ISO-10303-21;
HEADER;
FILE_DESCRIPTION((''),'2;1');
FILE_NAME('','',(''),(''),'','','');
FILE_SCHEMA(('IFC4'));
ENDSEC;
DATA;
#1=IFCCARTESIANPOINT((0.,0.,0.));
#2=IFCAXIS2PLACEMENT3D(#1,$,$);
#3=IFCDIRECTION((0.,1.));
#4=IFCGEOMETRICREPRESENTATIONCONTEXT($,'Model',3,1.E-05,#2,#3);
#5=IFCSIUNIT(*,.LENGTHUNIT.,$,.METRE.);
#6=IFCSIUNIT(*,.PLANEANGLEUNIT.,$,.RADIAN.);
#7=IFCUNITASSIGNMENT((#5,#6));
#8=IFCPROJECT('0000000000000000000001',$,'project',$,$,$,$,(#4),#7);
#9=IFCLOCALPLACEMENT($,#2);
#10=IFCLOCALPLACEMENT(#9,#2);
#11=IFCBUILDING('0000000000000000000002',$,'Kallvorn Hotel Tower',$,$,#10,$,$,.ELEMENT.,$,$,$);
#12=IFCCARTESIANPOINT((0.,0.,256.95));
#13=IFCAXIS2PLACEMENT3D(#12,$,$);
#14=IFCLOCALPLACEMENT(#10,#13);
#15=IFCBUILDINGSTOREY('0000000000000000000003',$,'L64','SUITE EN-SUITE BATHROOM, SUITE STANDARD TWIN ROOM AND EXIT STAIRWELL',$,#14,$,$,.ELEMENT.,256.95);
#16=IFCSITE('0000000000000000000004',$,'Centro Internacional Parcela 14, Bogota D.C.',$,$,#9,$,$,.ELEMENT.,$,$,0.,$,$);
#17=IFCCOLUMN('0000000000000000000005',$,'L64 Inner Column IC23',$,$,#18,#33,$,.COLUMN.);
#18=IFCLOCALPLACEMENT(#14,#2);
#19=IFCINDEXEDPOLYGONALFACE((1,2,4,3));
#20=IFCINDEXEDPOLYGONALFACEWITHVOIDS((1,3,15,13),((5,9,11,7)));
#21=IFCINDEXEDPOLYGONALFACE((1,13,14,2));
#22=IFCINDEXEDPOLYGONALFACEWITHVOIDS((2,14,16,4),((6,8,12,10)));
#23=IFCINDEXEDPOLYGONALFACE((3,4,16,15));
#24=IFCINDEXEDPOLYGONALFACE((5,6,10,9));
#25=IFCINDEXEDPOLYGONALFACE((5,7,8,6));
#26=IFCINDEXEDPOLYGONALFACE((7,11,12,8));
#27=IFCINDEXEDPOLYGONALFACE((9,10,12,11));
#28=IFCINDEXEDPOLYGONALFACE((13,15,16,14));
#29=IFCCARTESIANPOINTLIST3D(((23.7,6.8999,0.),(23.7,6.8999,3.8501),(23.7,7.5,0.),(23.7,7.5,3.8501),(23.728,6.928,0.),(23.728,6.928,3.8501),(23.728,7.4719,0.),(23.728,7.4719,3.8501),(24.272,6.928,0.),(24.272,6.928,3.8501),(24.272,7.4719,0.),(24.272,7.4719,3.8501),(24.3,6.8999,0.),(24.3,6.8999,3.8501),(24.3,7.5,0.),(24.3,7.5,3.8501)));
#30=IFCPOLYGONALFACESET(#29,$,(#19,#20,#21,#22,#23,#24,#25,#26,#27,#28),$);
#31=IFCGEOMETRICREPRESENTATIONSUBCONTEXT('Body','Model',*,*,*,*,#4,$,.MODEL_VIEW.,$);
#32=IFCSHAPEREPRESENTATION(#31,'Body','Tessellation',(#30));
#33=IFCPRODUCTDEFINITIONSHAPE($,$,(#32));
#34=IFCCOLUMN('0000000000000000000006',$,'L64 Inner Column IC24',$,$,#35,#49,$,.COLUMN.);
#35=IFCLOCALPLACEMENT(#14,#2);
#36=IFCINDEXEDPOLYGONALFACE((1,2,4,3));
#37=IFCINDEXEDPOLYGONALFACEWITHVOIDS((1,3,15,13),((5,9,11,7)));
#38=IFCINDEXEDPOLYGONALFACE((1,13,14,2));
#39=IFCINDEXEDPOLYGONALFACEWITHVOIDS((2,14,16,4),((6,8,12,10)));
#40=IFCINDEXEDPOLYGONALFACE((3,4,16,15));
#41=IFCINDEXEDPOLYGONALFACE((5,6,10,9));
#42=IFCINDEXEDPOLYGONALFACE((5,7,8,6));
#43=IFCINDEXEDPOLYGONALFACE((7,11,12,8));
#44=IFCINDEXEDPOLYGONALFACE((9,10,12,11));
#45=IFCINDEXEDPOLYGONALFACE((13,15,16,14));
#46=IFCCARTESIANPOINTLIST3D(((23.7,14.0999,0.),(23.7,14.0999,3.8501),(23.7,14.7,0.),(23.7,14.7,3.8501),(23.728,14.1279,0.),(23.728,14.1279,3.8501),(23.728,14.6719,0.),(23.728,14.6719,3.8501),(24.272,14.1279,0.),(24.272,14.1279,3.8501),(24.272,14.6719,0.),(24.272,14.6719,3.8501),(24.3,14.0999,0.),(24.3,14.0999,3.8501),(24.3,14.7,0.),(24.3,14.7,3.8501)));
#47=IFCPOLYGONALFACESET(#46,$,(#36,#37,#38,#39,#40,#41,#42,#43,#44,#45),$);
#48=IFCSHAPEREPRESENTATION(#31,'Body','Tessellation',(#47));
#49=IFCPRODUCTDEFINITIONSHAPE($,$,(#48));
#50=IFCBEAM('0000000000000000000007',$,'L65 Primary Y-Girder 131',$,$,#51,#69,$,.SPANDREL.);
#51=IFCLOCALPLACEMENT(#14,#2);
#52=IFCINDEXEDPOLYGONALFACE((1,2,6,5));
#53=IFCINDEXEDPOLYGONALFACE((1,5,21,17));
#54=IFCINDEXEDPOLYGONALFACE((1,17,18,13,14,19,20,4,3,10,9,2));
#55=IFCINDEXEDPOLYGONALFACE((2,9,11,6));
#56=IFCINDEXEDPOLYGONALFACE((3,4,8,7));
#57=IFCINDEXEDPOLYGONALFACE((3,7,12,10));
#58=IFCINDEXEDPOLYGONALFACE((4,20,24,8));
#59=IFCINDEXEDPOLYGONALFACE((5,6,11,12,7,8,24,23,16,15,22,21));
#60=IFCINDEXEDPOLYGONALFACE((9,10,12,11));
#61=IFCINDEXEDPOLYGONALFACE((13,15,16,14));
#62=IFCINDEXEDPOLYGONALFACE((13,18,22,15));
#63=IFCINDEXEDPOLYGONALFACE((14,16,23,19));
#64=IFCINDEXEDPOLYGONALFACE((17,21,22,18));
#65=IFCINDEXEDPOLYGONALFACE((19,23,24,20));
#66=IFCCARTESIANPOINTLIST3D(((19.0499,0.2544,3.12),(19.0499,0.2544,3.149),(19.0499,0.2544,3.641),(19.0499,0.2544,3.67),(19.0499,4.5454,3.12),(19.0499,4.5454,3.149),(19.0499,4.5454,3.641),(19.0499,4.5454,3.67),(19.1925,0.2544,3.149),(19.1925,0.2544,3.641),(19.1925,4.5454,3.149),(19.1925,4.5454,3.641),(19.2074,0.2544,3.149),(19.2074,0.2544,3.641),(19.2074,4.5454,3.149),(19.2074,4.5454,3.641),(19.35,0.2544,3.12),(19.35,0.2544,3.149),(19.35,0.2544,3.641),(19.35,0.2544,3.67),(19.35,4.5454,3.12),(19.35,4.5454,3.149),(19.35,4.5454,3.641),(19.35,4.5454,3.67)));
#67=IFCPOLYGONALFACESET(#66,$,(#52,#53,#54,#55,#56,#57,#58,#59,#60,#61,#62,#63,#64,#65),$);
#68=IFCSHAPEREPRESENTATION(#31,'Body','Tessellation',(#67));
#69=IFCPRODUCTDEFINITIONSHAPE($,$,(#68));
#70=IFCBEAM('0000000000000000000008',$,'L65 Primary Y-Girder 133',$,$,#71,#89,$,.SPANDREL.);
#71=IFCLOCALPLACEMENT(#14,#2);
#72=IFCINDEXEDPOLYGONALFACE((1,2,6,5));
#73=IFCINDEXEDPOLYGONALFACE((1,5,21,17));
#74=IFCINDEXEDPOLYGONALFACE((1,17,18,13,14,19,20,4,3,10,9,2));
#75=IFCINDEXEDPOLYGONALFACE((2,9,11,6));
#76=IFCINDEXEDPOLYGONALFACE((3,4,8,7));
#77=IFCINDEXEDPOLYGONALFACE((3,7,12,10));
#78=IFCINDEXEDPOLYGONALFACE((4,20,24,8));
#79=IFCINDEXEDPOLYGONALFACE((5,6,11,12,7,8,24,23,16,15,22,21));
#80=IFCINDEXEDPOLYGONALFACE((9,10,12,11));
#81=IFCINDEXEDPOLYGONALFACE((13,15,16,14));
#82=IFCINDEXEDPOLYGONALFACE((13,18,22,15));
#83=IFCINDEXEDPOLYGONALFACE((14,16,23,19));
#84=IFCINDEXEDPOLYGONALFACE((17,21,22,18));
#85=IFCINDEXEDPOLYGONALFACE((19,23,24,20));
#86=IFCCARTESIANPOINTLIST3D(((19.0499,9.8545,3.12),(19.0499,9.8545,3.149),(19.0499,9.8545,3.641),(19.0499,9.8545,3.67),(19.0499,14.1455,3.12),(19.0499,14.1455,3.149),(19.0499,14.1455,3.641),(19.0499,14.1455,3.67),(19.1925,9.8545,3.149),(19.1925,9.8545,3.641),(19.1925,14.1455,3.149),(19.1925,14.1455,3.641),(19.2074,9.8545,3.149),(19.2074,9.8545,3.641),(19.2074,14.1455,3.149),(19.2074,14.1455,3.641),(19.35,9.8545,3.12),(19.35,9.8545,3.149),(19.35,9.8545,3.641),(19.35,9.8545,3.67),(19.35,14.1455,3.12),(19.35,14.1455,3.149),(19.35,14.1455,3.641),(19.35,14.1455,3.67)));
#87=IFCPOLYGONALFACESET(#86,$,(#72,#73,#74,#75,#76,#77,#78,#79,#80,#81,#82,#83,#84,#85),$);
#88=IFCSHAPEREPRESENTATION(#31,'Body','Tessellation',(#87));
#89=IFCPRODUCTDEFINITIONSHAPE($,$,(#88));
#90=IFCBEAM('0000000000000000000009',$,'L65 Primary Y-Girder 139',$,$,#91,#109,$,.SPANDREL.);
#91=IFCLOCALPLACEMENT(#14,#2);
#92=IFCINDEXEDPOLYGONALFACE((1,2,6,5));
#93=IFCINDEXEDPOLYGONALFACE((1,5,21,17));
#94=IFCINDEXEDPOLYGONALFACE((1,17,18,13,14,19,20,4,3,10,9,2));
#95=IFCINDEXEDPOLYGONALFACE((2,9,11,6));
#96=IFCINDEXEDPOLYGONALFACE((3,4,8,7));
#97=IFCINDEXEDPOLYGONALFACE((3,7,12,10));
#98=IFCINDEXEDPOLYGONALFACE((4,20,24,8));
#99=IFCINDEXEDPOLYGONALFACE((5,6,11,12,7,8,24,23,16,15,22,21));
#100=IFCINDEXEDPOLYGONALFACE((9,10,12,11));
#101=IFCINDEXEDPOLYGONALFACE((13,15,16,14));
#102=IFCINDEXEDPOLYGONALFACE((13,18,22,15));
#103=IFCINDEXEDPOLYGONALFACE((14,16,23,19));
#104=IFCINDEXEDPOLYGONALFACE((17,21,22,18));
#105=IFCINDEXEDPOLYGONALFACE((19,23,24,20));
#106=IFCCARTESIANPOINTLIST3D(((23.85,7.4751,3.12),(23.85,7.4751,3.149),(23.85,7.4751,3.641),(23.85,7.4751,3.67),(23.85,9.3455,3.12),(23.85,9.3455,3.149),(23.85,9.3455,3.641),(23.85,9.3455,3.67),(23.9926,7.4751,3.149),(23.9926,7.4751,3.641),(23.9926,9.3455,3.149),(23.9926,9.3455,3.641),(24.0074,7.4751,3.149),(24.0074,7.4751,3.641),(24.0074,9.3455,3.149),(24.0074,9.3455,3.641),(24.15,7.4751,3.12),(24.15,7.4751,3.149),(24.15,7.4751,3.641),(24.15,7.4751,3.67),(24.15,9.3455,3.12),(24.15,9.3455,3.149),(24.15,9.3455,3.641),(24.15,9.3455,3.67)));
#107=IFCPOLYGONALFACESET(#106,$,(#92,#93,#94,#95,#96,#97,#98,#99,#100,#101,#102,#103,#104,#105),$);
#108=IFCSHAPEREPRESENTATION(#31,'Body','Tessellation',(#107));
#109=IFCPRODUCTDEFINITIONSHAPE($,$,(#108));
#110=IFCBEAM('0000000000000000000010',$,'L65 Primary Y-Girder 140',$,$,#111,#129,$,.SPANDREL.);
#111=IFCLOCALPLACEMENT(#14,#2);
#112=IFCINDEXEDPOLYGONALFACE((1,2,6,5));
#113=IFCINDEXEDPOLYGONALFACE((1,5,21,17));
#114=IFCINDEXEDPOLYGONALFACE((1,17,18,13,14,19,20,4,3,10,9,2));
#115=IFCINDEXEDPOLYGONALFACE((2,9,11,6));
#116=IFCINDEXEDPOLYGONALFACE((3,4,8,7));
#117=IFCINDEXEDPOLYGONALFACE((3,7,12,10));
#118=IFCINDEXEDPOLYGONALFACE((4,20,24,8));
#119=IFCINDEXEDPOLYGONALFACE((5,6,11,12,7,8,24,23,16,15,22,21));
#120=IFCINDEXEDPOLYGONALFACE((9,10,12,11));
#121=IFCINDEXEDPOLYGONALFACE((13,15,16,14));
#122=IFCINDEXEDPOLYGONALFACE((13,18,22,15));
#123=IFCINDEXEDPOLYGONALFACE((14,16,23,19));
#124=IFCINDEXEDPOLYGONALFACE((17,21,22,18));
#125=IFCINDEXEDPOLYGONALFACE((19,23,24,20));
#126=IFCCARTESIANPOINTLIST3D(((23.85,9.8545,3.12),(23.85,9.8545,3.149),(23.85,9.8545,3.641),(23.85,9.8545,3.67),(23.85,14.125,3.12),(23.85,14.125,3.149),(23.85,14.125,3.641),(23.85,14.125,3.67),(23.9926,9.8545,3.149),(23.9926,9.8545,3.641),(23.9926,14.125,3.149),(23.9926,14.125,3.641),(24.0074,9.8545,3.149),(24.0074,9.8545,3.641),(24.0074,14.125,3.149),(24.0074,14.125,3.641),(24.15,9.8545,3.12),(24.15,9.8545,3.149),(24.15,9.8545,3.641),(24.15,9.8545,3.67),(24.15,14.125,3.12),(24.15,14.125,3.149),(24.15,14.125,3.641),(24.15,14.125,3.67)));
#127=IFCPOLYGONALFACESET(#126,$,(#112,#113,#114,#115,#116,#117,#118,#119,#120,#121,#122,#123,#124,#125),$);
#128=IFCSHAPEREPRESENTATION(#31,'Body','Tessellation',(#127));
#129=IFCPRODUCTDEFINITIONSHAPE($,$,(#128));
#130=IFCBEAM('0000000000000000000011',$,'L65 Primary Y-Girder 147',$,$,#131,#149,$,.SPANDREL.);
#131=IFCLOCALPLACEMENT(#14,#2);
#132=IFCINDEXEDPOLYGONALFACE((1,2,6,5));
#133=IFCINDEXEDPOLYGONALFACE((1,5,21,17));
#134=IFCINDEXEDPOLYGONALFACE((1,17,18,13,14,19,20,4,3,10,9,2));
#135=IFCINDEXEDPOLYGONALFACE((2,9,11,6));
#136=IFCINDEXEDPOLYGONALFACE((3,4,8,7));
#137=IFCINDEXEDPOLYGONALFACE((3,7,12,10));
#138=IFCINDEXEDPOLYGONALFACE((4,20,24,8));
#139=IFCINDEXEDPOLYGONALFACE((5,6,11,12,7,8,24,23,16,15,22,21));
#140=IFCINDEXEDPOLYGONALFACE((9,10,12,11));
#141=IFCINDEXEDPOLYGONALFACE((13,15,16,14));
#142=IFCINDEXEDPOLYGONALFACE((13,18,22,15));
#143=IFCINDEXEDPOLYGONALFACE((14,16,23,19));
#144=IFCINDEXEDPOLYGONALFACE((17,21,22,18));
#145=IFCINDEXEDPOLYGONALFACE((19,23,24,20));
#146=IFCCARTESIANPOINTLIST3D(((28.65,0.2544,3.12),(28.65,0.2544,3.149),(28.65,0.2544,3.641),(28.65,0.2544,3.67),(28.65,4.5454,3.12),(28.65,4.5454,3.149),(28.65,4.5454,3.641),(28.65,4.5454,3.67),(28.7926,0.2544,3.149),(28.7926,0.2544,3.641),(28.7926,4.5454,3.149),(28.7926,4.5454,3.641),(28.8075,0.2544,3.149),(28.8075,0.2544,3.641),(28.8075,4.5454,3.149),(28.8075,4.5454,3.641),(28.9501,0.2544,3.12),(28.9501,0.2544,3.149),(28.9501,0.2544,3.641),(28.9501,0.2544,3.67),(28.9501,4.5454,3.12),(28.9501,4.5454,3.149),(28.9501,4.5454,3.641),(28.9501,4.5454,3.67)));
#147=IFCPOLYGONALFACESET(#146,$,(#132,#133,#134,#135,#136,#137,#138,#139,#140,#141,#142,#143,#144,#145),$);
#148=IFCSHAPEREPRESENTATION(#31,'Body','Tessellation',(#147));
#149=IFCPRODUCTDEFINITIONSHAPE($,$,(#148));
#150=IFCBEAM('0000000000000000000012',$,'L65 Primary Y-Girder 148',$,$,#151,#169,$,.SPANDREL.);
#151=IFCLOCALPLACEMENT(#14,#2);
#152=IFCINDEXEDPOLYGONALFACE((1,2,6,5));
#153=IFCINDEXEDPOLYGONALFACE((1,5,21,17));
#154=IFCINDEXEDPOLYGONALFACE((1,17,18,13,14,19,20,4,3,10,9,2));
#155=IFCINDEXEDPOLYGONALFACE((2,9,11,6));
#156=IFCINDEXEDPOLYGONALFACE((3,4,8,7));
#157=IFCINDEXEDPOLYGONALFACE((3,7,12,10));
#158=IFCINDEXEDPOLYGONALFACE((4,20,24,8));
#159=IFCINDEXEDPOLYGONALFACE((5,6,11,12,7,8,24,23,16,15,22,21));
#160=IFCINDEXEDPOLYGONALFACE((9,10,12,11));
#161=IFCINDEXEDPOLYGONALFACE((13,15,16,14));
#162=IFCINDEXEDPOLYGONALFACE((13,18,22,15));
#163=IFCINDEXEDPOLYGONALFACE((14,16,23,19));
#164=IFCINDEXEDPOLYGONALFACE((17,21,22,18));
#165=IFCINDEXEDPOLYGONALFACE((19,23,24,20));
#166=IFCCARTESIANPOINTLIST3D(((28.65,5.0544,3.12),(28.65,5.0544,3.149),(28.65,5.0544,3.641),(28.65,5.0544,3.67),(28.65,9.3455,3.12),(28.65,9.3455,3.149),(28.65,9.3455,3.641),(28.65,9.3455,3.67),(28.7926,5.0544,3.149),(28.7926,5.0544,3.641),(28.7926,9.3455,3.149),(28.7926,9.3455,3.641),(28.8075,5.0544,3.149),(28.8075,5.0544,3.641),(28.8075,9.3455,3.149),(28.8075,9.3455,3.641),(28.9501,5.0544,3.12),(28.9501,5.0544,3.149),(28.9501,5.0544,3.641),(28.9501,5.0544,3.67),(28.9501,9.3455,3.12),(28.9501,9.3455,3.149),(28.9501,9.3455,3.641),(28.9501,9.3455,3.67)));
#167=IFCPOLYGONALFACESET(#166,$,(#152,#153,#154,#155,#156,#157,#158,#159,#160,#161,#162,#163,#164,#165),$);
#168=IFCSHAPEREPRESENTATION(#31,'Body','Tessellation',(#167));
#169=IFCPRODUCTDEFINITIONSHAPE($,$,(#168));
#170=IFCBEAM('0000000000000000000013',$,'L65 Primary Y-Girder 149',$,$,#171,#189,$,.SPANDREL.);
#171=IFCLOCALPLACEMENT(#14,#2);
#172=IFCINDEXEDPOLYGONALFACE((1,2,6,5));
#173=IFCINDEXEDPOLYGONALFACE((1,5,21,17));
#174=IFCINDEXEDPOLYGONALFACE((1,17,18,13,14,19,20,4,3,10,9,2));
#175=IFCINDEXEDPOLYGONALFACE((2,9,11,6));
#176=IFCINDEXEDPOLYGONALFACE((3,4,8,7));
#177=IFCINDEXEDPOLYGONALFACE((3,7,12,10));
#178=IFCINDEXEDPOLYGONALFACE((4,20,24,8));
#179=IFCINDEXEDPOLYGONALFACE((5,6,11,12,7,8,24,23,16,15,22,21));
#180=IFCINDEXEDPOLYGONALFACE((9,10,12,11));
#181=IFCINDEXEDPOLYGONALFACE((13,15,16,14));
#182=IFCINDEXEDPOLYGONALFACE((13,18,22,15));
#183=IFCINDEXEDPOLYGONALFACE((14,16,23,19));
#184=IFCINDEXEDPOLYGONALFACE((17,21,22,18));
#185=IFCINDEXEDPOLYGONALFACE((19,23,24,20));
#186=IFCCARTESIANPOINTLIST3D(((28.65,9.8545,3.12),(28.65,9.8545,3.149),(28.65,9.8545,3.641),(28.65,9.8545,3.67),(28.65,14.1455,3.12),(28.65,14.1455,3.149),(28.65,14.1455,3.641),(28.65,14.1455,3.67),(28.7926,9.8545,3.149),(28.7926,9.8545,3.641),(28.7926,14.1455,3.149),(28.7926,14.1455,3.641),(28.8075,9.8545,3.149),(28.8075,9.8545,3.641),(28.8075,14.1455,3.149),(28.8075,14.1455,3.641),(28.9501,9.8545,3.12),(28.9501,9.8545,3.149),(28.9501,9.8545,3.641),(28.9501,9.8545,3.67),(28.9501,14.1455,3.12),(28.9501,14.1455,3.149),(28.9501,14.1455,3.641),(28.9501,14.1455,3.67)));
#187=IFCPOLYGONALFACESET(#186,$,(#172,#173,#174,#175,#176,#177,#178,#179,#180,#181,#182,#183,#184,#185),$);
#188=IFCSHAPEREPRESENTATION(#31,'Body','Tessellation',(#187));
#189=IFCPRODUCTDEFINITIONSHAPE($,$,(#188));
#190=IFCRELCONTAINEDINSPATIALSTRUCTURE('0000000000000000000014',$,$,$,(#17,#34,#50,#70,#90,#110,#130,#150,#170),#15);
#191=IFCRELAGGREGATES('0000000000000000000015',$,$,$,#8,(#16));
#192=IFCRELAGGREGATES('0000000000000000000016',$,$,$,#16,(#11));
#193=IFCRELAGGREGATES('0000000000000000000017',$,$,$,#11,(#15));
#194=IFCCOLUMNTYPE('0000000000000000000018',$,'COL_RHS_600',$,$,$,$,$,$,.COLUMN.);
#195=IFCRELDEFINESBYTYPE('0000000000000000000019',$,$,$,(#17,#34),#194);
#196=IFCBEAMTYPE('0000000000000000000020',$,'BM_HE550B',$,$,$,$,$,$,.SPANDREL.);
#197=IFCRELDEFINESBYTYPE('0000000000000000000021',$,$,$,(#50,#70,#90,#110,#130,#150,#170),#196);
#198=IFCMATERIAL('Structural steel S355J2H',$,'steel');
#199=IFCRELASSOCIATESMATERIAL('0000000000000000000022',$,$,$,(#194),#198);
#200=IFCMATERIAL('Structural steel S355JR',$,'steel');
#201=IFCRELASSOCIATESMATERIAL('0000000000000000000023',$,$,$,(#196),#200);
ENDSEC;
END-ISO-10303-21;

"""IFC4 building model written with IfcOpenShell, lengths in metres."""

from ifc_helpers import new_model, si_unit, direction, frame, origin, origin_2d, place, context, subcontext, project, spatial, hollow_rectangle, i_section, extrude, material, material_profile, profile_set, type_object, element, save


model = new_model("IFC4")

# Units and contexts
model_context = context("Model", 3, precision=1e-05, world=origin(), true_north=direction((0.0, 1.0)))
body_context = subcontext(model_context, "Body", "Model", "MODEL_VIEW")
ifc_project = project(units=[si_unit("LENGTHUNIT", "METRE"), si_unit("PLANEANGLEUNIT", "RADIAN")], contexts=[model_context])

# Site, building, storey
site_placement = place(None, origin())
site = spatial("IfcSite", under=ifc_project, at=site_placement, Name="Centro Internacional Parcela 14, Bogota D.C.", CompositionType="ELEMENT", RefElevation=0.0)
building_placement = place(site_placement, origin())
building = spatial("IfcBuilding", under=site, at=building_placement, Name="Kallvorn Hotel Tower", CompositionType="ELEMENT")
storey_placement = place(building_placement, frame((0.0, 0.0, 256.95)))
storey = spatial("IfcBuildingStorey", under=building, at=storey_placement, Name="L64", Description="SUITE EN-SUITE BATHROOM, SUITE STANDARD TWIN ROOM AND EXIT STAIRWELL", CompositionType="ELEMENT", Elevation=256.95)

# Columns
ifc_material_1 = material(Name="Structural steel S355J2H", Category="steel")
ifc_material_profile_1 = material_profile(ifc_material_1, hollow_rectangle(XDim=0.6001, YDim=0.6001, WallThickness=0.0281, at=origin_2d()), Name="RHS 600x600x28")
ifc_profile_set_1 = profile_set([ifc_material_profile_1], Name="Structural steel S355J2H")
column_type_1 = type_object("IfcColumnType", Name="COL_RHS_600", PredefinedType="COLUMN", material=ifc_profile_set_1)
for number, where, z_axis, x_axis, name in (
    (1, (24.0, 7.2, 0.0), (0.0, 0.0, 1.0), (1.0, 0.0, 0.0), "L64 Inner Column IC23"),
    (2, (24.0, 14.3999, 0.0), (0.0, 0.0, 1.0), (1.0, 0.0, 0.0), "L64 Inner Column IC24"),
):
    element("IfcColumn", number, at=place(storey_placement, frame(where, z_axis=z_axis, x_axis=x_axis)), inside=storey, type_object=column_type_1, Name=name, PredefinedType="COLUMN", context=body_context, shape_type="SweptSolid", body=[
        extrude(hollow_rectangle(XDim=0.6001, YDim=0.6001, WallThickness=0.0281, at=origin_2d()), origin(), (0.0, 0.0, 1.0), 3.8501),
    ])

# Beams
ifc_material_2 = material(Name="Structural steel S355JR", Category="steel")
ifc_material_profile_2 = material_profile(ifc_material_2, i_section(OverallWidth=0.3, OverallDepth=0.55, WebThickness=0.0149, FlangeThickness=0.0291, at=origin_2d()), Name="HE 550 B")
ifc_profile_set_2 = profile_set([ifc_material_profile_2], Name="Structural steel S355JR")
beam_type_1 = type_object("IfcBeamType", Name="BM_HE550B", PredefinedType="SPANDREL", material=ifc_profile_set_2)
for number, where, z_axis, x_axis, name in (
    (3, (19.2, 0.2544, 3.395), (0.0, 1.0, 0.0), (-1.0, 0.0, 0.0), "L65 Primary Y-Girder 131"),
    (4, (19.2, 9.8545, 3.395), (0.0, 1.0, 0.0), (-1.0, 0.0, 0.0), "L65 Primary Y-Girder 133"),
):
    element("IfcBeam", number, at=place(storey_placement, frame(where, z_axis=z_axis, x_axis=x_axis)), inside=storey, type_object=beam_type_1, Name=name, PredefinedType="SPANDREL", context=body_context, shape_type="SweptSolid", body=[
        extrude(i_section(OverallWidth=0.3, OverallDepth=0.55, WebThickness=0.0149, FlangeThickness=0.0291, at=origin_2d()), origin(), (0.0, 0.0, 1.0), 4.291),
    ])
beam_1_placement = place(storey_placement, frame((24.0, 7.4751, 3.395), z_axis=(0.0, 1.0, 0.0), x_axis=(-1.0, 0.0, 0.0)))
element("IfcBeam", 5, at=beam_1_placement, inside=storey, type_object=beam_type_1, Name="L65 Primary Y-Girder 139", PredefinedType="SPANDREL", context=body_context, shape_type="SweptSolid", body=[
    extrude(i_section(OverallWidth=0.3, OverallDepth=0.55, WebThickness=0.0149, FlangeThickness=0.0291, at=origin_2d()), origin(), (0.0, 0.0, 1.0), 1.8704),
])
beam_2_placement = place(storey_placement, frame((24.0, 9.8545, 3.395), z_axis=(0.0, 1.0, 0.0), x_axis=(-1.0, 0.0, 0.0)))
element("IfcBeam", 6, at=beam_2_placement, inside=storey, type_object=beam_type_1, Name="L65 Primary Y-Girder 140", PredefinedType="SPANDREL", context=body_context, shape_type="SweptSolid", body=[
    extrude(i_section(OverallWidth=0.3, OverallDepth=0.55, WebThickness=0.0149, FlangeThickness=0.0291, at=origin_2d()), origin(), (0.0, 0.0, 1.0), 4.2705),
])
for number, where, z_axis, x_axis, name in (
    (7, (28.8, 0.2544, 3.395), (0.0, 1.0, 0.0), (-1.0, 0.0, 0.0), "L65 Primary Y-Girder 147"),
    (8, (28.8, 5.0544, 3.395), (0.0, 1.0, 0.0), (-1.0, 0.0, 0.0), "L65 Primary Y-Girder 148"),
    (9, (28.8, 9.8545, 3.395), (0.0, 1.0, 0.0), (-1.0, 0.0, 0.0), "L65 Primary Y-Girder 149"),
):
    element("IfcBeam", number, at=place(storey_placement, frame(where, z_axis=z_axis, x_axis=x_axis)), inside=storey, type_object=beam_type_1, Name=name, PredefinedType="SPANDREL", context=body_context, shape_type="SweptSolid", body=[
        extrude(i_section(OverallWidth=0.3, OverallDepth=0.55, WebThickness=0.0149, FlangeThickness=0.0291, at=origin_2d()), origin(), (0.0, 0.0, 1.0), 4.291),
    ])

save(model, "model.ifc")
